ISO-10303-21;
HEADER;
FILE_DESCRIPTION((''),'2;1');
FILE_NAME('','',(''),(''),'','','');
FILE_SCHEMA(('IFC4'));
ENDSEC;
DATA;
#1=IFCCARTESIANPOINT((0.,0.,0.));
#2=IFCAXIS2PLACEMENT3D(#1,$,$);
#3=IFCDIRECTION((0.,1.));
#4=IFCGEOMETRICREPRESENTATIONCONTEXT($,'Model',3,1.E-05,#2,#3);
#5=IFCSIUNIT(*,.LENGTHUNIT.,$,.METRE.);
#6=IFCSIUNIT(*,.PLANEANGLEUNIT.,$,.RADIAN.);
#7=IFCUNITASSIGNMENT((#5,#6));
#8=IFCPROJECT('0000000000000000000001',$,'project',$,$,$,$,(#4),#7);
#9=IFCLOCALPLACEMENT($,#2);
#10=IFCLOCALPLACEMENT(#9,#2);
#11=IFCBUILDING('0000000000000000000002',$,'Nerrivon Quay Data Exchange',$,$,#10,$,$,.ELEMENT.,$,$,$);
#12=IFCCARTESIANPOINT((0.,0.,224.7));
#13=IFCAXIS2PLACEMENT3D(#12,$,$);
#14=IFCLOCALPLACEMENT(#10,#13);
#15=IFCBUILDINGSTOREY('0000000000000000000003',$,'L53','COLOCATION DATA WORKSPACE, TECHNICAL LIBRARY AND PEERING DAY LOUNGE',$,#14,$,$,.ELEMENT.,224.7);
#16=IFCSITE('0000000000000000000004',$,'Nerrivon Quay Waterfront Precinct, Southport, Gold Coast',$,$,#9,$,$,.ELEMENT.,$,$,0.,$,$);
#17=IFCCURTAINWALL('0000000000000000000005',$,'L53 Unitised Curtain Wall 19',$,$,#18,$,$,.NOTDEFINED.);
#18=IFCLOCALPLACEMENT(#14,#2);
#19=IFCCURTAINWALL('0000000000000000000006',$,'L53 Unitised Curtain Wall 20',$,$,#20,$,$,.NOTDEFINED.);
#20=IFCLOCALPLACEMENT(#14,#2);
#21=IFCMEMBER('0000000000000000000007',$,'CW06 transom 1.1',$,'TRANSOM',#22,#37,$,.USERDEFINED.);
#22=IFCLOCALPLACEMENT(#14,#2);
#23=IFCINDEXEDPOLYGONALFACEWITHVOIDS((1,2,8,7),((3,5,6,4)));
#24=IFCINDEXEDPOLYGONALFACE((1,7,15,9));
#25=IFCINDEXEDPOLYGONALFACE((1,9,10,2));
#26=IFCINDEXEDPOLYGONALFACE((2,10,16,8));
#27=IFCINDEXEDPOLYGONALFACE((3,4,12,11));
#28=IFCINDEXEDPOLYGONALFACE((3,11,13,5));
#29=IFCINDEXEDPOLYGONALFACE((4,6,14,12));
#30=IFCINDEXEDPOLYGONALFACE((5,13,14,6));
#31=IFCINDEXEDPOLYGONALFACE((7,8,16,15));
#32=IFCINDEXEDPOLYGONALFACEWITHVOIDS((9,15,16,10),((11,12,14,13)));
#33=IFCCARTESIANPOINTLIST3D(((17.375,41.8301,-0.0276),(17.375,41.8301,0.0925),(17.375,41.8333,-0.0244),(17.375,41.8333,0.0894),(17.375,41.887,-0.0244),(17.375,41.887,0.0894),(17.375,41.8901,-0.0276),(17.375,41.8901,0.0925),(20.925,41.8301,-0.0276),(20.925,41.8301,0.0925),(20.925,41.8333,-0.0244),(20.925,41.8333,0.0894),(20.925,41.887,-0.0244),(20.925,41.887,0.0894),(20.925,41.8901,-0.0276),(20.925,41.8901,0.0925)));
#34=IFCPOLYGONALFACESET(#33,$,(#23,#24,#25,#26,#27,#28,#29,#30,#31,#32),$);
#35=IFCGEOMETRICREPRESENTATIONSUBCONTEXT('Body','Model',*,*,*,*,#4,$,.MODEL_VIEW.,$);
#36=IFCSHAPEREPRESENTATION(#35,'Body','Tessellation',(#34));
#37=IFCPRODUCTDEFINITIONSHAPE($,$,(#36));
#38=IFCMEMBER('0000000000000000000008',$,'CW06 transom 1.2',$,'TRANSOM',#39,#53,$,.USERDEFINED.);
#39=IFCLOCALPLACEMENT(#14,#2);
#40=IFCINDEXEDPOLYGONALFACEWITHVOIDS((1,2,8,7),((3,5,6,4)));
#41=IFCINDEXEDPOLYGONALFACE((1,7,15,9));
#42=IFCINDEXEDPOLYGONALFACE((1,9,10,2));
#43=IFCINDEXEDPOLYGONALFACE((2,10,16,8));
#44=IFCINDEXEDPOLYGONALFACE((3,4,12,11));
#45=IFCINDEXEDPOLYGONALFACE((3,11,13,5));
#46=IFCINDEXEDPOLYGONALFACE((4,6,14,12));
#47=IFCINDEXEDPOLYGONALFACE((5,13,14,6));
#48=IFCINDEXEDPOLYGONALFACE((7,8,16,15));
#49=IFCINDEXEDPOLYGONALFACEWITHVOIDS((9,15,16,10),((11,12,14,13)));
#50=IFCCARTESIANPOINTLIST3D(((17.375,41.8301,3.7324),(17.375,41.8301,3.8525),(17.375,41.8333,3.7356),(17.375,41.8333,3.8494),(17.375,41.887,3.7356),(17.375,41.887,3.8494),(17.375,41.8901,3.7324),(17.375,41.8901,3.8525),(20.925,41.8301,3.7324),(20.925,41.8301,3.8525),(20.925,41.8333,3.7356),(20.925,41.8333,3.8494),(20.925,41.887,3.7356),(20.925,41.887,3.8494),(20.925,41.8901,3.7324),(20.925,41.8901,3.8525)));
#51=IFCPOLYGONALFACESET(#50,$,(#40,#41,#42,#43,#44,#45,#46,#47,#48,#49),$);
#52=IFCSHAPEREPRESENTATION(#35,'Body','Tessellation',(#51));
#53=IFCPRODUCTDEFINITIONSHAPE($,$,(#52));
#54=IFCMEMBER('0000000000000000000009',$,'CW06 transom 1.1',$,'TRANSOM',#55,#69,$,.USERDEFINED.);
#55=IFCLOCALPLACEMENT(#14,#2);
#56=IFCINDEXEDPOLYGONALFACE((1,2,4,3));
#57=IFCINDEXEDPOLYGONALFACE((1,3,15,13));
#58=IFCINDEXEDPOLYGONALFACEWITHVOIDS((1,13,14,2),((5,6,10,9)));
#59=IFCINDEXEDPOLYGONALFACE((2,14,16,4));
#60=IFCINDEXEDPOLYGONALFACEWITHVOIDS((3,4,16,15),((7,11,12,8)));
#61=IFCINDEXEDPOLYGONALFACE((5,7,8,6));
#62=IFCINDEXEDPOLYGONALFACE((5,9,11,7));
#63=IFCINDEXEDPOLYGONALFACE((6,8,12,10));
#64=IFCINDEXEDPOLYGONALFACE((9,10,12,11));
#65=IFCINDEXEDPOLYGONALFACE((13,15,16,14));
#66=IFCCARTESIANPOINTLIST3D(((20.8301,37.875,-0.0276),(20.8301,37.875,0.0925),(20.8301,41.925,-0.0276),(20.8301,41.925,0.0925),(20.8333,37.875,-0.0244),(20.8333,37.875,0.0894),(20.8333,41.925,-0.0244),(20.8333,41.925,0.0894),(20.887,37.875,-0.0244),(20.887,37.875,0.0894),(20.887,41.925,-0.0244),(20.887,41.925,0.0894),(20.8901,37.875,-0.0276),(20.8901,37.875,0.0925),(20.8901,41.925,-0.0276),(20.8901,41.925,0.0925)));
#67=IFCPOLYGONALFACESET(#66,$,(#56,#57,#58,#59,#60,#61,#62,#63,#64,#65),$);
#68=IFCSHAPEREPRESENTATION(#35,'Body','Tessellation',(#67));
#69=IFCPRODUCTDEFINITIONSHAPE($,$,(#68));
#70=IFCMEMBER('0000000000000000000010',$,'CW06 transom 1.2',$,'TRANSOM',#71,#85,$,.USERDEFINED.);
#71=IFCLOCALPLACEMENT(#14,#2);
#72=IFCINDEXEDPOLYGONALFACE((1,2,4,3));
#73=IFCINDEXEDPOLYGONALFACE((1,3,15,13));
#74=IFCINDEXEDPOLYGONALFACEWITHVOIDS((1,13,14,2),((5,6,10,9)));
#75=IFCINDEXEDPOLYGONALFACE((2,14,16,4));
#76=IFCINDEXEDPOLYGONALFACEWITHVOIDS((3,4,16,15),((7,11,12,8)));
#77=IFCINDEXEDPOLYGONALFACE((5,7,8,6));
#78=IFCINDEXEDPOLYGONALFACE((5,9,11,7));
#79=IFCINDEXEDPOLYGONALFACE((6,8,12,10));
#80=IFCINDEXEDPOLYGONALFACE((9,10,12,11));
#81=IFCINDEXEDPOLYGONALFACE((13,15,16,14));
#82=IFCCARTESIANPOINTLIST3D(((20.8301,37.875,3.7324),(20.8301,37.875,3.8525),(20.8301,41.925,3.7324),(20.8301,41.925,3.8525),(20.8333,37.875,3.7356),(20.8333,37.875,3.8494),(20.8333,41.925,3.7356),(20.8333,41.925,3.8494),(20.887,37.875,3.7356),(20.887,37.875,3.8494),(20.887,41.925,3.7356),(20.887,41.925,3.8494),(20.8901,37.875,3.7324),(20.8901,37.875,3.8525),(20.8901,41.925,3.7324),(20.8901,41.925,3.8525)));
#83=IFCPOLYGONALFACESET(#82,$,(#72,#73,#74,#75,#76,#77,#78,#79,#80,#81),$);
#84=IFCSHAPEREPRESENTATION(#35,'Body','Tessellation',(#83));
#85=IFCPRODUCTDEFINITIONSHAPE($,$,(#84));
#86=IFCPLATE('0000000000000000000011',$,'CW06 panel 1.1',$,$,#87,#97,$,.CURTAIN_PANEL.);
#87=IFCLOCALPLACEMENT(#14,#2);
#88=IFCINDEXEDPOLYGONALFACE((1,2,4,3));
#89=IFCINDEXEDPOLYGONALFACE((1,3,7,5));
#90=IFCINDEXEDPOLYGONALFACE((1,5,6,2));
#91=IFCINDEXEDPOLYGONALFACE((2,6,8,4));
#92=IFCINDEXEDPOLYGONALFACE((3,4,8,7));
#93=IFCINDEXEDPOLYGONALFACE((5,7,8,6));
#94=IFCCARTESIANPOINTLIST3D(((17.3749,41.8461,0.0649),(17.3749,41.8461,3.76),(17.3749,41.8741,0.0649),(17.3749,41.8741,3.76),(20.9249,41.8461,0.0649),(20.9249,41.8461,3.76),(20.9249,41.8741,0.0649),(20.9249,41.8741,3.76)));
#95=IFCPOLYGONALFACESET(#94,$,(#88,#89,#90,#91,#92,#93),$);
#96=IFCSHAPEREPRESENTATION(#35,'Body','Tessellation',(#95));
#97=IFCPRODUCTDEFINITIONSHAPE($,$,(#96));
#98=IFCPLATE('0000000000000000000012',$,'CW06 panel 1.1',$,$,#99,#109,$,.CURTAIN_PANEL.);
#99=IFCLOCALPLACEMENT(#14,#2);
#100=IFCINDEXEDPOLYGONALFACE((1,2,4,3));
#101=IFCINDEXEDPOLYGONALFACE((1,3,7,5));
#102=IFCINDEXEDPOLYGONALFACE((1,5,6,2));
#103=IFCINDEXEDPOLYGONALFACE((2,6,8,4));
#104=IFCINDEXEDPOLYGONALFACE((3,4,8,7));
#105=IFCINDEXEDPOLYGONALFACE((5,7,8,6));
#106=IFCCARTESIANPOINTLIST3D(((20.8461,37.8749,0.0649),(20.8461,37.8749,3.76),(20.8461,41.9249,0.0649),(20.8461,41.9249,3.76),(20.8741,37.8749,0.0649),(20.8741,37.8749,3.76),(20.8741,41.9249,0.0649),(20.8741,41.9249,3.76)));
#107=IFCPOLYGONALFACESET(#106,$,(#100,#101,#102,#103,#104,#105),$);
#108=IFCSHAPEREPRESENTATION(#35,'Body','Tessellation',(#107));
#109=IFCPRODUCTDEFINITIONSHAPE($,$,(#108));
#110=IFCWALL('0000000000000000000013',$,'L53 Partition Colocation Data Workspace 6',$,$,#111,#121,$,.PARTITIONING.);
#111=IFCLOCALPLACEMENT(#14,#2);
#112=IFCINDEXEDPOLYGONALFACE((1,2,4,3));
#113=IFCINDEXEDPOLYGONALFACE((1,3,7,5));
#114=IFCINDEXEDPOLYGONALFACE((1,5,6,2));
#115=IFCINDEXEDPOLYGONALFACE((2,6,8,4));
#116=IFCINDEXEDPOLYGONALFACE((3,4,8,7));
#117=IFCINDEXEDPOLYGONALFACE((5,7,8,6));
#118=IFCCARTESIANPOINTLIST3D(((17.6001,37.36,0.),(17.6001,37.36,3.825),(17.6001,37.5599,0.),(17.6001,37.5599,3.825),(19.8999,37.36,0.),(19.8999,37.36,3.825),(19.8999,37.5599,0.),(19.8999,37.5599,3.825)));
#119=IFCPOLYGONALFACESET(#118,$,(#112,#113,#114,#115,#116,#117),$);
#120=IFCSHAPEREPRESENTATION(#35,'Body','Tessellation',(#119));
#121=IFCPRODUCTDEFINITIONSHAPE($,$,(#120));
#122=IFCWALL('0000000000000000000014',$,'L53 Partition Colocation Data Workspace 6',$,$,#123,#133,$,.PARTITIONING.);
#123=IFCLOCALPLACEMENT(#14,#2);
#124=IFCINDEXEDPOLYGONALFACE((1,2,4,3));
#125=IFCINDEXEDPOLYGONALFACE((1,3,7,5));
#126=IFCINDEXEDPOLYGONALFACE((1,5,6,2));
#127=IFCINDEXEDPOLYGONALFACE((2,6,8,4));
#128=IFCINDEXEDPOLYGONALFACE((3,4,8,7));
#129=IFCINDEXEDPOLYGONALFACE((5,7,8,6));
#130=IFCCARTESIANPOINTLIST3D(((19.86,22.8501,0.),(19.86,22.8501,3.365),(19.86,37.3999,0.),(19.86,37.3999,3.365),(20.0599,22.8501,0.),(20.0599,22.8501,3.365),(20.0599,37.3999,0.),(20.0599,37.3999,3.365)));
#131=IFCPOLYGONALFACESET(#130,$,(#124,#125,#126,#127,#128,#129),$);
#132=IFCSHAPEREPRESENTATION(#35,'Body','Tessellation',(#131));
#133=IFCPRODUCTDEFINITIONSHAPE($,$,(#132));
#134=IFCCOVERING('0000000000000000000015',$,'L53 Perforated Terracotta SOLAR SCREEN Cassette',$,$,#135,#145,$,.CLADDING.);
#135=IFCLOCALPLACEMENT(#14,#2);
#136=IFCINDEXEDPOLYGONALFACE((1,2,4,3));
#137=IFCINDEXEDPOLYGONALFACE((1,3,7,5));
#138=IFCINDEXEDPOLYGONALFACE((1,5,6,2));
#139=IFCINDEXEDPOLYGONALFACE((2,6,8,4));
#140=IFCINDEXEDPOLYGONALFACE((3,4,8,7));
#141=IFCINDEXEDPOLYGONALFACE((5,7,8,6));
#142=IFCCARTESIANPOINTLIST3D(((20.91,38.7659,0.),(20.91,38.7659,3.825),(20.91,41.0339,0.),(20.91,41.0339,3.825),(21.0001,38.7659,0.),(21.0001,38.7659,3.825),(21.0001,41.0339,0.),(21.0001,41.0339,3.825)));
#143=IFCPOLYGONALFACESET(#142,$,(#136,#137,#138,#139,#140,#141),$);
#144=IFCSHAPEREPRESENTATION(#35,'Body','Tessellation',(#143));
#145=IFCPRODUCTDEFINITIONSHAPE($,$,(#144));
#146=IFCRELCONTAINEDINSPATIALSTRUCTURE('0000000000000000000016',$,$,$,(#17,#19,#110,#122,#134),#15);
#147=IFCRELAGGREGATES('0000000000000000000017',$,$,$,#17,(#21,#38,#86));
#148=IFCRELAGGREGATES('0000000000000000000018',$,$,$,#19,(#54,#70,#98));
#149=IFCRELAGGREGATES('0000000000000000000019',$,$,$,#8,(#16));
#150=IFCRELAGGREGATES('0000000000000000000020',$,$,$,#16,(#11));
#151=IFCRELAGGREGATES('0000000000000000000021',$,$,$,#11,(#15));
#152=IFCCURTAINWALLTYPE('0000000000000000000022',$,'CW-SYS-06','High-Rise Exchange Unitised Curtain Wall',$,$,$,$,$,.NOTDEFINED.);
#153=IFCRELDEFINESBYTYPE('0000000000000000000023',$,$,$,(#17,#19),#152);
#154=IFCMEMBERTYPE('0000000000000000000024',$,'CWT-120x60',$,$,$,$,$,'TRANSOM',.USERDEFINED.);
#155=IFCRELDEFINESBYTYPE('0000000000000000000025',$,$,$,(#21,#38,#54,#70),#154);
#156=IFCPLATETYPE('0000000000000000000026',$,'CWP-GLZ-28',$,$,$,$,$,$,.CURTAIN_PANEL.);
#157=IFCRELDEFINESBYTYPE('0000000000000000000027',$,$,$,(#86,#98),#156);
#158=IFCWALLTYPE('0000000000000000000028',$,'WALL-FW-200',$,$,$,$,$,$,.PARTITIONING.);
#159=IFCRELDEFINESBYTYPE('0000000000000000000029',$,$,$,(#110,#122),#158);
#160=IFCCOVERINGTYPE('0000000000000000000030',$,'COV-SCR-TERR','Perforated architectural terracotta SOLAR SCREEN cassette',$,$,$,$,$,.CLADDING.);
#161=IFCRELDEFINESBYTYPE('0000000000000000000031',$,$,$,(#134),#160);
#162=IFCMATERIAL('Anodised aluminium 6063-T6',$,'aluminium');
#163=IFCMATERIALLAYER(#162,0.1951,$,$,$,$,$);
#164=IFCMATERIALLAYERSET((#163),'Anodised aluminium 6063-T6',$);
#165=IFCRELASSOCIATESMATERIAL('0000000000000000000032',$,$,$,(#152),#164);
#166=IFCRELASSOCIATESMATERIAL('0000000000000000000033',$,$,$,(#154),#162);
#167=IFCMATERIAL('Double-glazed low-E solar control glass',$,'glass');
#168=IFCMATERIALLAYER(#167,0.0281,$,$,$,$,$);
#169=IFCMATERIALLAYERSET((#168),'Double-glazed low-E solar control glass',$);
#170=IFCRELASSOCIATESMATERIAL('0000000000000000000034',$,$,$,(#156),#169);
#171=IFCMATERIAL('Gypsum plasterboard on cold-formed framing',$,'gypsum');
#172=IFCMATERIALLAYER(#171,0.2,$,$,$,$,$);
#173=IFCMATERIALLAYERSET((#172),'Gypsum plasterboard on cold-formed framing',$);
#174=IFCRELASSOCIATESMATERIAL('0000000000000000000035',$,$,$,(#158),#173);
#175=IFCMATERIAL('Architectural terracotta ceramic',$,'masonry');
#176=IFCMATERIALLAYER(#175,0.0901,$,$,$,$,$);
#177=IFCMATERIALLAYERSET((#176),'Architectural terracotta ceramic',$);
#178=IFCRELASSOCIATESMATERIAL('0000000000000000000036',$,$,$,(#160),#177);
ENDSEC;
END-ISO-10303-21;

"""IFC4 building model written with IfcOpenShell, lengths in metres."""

from ifc_helpers import new_model, si_unit, direction, frame, frame_2d, origin, origin_2d, place, context, subcontext, project, spatial, rectangle, hollow_rectangle, extrude, material, layer, layer_set, material_profile, profile_set, type_object, element, aggregate, save


model = new_model("IFC4")

# Units and contexts
model_context = context("Model", 3, precision=1e-05, world=origin(), true_north=direction((0.0, 1.0)))
body_context = subcontext(model_context, "Body", "Model", "MODEL_VIEW")
ifc_project = project(units=[si_unit("LENGTHUNIT", "METRE"), si_unit("PLANEANGLEUNIT", "RADIAN")], contexts=[model_context])

# Site, building, storey
site_placement = place(None, origin())
site = spatial("IfcSite", under=ifc_project, at=site_placement, Name="Nerrivon Quay Waterfront Precinct, Southport, Gold Coast", CompositionType="ELEMENT", RefElevation=0.0)
building_placement = place(site_placement, origin())
building = spatial("IfcBuilding", under=site, at=building_placement, Name="Nerrivon Quay Data Exchange", CompositionType="ELEMENT")
storey_placement = place(building_placement, frame((0.0, 0.0, 224.7)))
storey = spatial("IfcBuildingStorey", under=building, at=storey_placement, Name="L53", Description="COLOCATION DATA WORKSPACE, TECHNICAL LIBRARY AND PEERING DAY LOUNGE", CompositionType="ELEMENT", Elevation=224.7)

# Curtain walls
ifc_material_1 = material(Name="Anodised aluminium 6063-T6", Category="aluminium")
ifc_layer_1 = layer(ifc_material_1, 0.1951)
ifc_layer_set_1 = layer_set([ifc_layer_1], Name="Anodised aluminium 6063-T6")
curtain_wall_type = type_object("IfcCurtainWallType", Name="CW-SYS-06", Description="High-Rise Exchange Unitised Curtain Wall", PredefinedType="NOTDEFINED", material=ifc_layer_set_1)
curtain_wall_1_placement = place(storey_placement, origin())
curtain_wall_1 = element("IfcCurtainWall", 1, at=curtain_wall_1_placement, inside=storey, type_object=curtain_wall_type, Name="L53 Unitised Curtain Wall 19", PredefinedType="NOTDEFINED")
curtain_wall_2_placement = place(storey_placement, origin())
curtain_wall_2 = element("IfcCurtainWall", 2, at=curtain_wall_2_placement, inside=storey, type_object=curtain_wall_type, Name="L53 Unitised Curtain Wall 20", PredefinedType="NOTDEFINED")

# Members
ifc_material_profile_1 = material_profile(ifc_material_1, hollow_rectangle(XDim=0.0601, YDim=0.1201, WallThickness=0.0032, at=origin_2d()), Name="ALU-TRAN-120x60")
ifc_profile_set_1 = profile_set([ifc_material_profile_1], Name="Anodised aluminium 6063-T6")
member_type_1 = type_object("IfcMemberType", Name="CWT-120x60", ElementType="TRANSOM", PredefinedType="USERDEFINED", material=ifc_profile_set_1)
member_1_placement = place(storey_placement, frame((17.375, 41.8601, 0.0325), z_axis=(1.0, 0.0, 0.0), x_axis=(0.0, 1.0, 0.0)))
member_1 = element("IfcMember", 3, at=member_1_placement, type_object=member_type_1, Name="CW06 transom 1.1", ObjectType="TRANSOM", PredefinedType="USERDEFINED", context=body_context, shape_type="SweptSolid", body=[
    extrude(hollow_rectangle(XDim=0.0601, YDim=0.1201, WallThickness=0.0032, at=origin_2d()), origin(), (0.0, 0.0, 1.0), 3.55),
])
member_2_placement = place(storey_placement, frame((17.375, 41.8601, 3.7925), z_axis=(1.0, 0.0, 0.0), x_axis=(0.0, 1.0, 0.0)))
member_2 = element("IfcMember", 4, at=member_2_placement, type_object=member_type_1, Name="CW06 transom 1.2", ObjectType="TRANSOM", PredefinedType="USERDEFINED", context=body_context, shape_type="SweptSolid", body=[
    extrude(hollow_rectangle(XDim=0.0601, YDim=0.1201, WallThickness=0.0032, at=origin_2d()), origin(), (0.0, 0.0, 1.0), 3.55),
])
member_3_placement = place(storey_placement, frame((20.8601, 41.925, 0.0325), z_axis=(0.0, -1.0, 0.0), x_axis=(1.0, 0.0, 0.0)))
member_3 = element("IfcMember", 5, at=member_3_placement, type_object=member_type_1, Name="CW06 transom 1.1", ObjectType="TRANSOM", PredefinedType="USERDEFINED", context=body_context, shape_type="SweptSolid", body=[
    extrude(hollow_rectangle(XDim=0.0601, YDim=0.1201, WallThickness=0.0032, at=origin_2d()), origin(), (0.0, 0.0, 1.0), 4.05),
])
member_4_placement = place(storey_placement, frame((20.8601, 41.925, 3.7925), z_axis=(0.0, -1.0, 0.0), x_axis=(1.0, 0.0, 0.0)))
member_4 = element("IfcMember", 6, at=member_4_placement, type_object=member_type_1, Name="CW06 transom 1.2", ObjectType="TRANSOM", PredefinedType="USERDEFINED", context=body_context, shape_type="SweptSolid", body=[
    extrude(hollow_rectangle(XDim=0.0601, YDim=0.1201, WallThickness=0.0032, at=origin_2d()), origin(), (0.0, 0.0, 1.0), 4.05),
])

# Plates
ifc_material_2 = material(Name="Double-glazed low-E solar control glass", Category="glass")
ifc_layer_2 = layer(ifc_material_2, 0.0281)
ifc_layer_set_2 = layer_set([ifc_layer_2], Name="Double-glazed low-E solar control glass")
plate_type = type_object("IfcPlateType", Name="CWP-GLZ-28", PredefinedType="CURTAIN_PANEL", material=ifc_layer_set_2)
plate_1_placement = place(storey_placement, frame((19.1499, 41.8601, 0.0649), z_axis=(0.0, 0.0, 1.0), x_axis=(1.0, 0.0, 0.0)))
plate_1 = element("IfcPlate", 7, at=plate_1_placement, type_object=plate_type, Name="CW06 panel 1.1", PredefinedType="CURTAIN_PANEL", context=body_context, shape_type="SweptSolid", body=[
    extrude(rectangle(XDim=3.55, YDim=0.0281, at=origin_2d()), origin(), (0.0, 0.0, 1.0), 3.6951),
])
aggregate(curtain_wall_1, [member_1, member_2, plate_1])
plate_2_placement = place(storey_placement, frame((20.8601, 39.8999, 0.0649), z_axis=(0.0, 0.0, 1.0), x_axis=(0.0, -1.0, 0.0)))
plate_2 = element("IfcPlate", 8, at=plate_2_placement, type_object=plate_type, Name="CW06 panel 1.1", PredefinedType="CURTAIN_PANEL", context=body_context, shape_type="SweptSolid", body=[
    extrude(rectangle(XDim=4.05, YDim=0.0281, at=origin_2d()), origin(), (0.0, 0.0, 1.0), 3.6951),
])
aggregate(curtain_wall_2, [member_3, member_4, plate_2])

# Walls
ifc_material_3 = material(Name="Gypsum plasterboard on cold-formed framing", Category="gypsum")
ifc_layer_3 = layer(ifc_material_3, 0.2)
ifc_layer_set_3 = layer_set([ifc_layer_3], Name="Gypsum plasterboard on cold-formed framing")
wall_type_1 = type_object("IfcWallType", Name="WALL-FW-200", PredefinedType="PARTITIONING", material=ifc_layer_set_3)
wall_1_placement = place(storey_placement, frame((17.6001, 37.46, 0.0), z_axis=(0.0, 0.0, 1.0), x_axis=(1.0, 0.0, 0.0)))
element("IfcWall", 9, at=wall_1_placement, inside=storey, type_object=wall_type_1, Name="L53 Partition Colocation Data Workspace 6", PredefinedType="PARTITIONING", context=body_context, shape_type="SweptSolid", body=[
    extrude(rectangle(XDim=2.2998, YDim=0.2, at=frame_2d((1.1499, 0.0))), origin(), (0.0, 0.0, 1.0), 3.825),
])
wall_2_placement = place(storey_placement, frame((19.96, 37.3999, 0.0), z_axis=(0.0, 0.0, 1.0), x_axis=(0.0, -1.0, 0.0)))
element("IfcWall", 10, at=wall_2_placement, inside=storey, type_object=wall_type_1, Name="L53 Partition Colocation Data Workspace 6", PredefinedType="PARTITIONING", context=body_context, shape_type="SweptSolid", body=[
    extrude(rectangle(XDim=14.5498, YDim=0.2, at=frame_2d((7.2749, 0.0))), origin(), (0.0, 0.0, 1.0), 3.365),
])

# Covering
ifc_material_4 = material(Name="Architectural terracotta ceramic", Category="masonry")
ifc_layer_4 = layer(ifc_material_4, 0.0901)
ifc_layer_set_4 = layer_set([ifc_layer_4], Name="Architectural terracotta ceramic")
covering_type = type_object("IfcCoveringType", Name="COV-SCR-TERR", Description="Perforated architectural terracotta SOLAR SCREEN cassette", PredefinedType="CLADDING", material=ifc_layer_set_4)
covering_placement = place(storey_placement, frame((20.9551, 39.8999, 0.0), z_axis=(0.0, 0.0, 1.0), x_axis=(0.0, -1.0, 0.0)))
element("IfcCovering", 11, at=covering_placement, inside=storey, type_object=covering_type, Name="L53 Perforated Terracotta SOLAR SCREEN Cassette", PredefinedType="CLADDING", context=body_context, shape_type="SweptSolid", body=[
    extrude(rectangle(XDim=2.2681, YDim=0.0901, at=origin_2d()), origin(), (0.0, 0.0, 1.0), 3.825),
])

save(model, "model.ifc")
